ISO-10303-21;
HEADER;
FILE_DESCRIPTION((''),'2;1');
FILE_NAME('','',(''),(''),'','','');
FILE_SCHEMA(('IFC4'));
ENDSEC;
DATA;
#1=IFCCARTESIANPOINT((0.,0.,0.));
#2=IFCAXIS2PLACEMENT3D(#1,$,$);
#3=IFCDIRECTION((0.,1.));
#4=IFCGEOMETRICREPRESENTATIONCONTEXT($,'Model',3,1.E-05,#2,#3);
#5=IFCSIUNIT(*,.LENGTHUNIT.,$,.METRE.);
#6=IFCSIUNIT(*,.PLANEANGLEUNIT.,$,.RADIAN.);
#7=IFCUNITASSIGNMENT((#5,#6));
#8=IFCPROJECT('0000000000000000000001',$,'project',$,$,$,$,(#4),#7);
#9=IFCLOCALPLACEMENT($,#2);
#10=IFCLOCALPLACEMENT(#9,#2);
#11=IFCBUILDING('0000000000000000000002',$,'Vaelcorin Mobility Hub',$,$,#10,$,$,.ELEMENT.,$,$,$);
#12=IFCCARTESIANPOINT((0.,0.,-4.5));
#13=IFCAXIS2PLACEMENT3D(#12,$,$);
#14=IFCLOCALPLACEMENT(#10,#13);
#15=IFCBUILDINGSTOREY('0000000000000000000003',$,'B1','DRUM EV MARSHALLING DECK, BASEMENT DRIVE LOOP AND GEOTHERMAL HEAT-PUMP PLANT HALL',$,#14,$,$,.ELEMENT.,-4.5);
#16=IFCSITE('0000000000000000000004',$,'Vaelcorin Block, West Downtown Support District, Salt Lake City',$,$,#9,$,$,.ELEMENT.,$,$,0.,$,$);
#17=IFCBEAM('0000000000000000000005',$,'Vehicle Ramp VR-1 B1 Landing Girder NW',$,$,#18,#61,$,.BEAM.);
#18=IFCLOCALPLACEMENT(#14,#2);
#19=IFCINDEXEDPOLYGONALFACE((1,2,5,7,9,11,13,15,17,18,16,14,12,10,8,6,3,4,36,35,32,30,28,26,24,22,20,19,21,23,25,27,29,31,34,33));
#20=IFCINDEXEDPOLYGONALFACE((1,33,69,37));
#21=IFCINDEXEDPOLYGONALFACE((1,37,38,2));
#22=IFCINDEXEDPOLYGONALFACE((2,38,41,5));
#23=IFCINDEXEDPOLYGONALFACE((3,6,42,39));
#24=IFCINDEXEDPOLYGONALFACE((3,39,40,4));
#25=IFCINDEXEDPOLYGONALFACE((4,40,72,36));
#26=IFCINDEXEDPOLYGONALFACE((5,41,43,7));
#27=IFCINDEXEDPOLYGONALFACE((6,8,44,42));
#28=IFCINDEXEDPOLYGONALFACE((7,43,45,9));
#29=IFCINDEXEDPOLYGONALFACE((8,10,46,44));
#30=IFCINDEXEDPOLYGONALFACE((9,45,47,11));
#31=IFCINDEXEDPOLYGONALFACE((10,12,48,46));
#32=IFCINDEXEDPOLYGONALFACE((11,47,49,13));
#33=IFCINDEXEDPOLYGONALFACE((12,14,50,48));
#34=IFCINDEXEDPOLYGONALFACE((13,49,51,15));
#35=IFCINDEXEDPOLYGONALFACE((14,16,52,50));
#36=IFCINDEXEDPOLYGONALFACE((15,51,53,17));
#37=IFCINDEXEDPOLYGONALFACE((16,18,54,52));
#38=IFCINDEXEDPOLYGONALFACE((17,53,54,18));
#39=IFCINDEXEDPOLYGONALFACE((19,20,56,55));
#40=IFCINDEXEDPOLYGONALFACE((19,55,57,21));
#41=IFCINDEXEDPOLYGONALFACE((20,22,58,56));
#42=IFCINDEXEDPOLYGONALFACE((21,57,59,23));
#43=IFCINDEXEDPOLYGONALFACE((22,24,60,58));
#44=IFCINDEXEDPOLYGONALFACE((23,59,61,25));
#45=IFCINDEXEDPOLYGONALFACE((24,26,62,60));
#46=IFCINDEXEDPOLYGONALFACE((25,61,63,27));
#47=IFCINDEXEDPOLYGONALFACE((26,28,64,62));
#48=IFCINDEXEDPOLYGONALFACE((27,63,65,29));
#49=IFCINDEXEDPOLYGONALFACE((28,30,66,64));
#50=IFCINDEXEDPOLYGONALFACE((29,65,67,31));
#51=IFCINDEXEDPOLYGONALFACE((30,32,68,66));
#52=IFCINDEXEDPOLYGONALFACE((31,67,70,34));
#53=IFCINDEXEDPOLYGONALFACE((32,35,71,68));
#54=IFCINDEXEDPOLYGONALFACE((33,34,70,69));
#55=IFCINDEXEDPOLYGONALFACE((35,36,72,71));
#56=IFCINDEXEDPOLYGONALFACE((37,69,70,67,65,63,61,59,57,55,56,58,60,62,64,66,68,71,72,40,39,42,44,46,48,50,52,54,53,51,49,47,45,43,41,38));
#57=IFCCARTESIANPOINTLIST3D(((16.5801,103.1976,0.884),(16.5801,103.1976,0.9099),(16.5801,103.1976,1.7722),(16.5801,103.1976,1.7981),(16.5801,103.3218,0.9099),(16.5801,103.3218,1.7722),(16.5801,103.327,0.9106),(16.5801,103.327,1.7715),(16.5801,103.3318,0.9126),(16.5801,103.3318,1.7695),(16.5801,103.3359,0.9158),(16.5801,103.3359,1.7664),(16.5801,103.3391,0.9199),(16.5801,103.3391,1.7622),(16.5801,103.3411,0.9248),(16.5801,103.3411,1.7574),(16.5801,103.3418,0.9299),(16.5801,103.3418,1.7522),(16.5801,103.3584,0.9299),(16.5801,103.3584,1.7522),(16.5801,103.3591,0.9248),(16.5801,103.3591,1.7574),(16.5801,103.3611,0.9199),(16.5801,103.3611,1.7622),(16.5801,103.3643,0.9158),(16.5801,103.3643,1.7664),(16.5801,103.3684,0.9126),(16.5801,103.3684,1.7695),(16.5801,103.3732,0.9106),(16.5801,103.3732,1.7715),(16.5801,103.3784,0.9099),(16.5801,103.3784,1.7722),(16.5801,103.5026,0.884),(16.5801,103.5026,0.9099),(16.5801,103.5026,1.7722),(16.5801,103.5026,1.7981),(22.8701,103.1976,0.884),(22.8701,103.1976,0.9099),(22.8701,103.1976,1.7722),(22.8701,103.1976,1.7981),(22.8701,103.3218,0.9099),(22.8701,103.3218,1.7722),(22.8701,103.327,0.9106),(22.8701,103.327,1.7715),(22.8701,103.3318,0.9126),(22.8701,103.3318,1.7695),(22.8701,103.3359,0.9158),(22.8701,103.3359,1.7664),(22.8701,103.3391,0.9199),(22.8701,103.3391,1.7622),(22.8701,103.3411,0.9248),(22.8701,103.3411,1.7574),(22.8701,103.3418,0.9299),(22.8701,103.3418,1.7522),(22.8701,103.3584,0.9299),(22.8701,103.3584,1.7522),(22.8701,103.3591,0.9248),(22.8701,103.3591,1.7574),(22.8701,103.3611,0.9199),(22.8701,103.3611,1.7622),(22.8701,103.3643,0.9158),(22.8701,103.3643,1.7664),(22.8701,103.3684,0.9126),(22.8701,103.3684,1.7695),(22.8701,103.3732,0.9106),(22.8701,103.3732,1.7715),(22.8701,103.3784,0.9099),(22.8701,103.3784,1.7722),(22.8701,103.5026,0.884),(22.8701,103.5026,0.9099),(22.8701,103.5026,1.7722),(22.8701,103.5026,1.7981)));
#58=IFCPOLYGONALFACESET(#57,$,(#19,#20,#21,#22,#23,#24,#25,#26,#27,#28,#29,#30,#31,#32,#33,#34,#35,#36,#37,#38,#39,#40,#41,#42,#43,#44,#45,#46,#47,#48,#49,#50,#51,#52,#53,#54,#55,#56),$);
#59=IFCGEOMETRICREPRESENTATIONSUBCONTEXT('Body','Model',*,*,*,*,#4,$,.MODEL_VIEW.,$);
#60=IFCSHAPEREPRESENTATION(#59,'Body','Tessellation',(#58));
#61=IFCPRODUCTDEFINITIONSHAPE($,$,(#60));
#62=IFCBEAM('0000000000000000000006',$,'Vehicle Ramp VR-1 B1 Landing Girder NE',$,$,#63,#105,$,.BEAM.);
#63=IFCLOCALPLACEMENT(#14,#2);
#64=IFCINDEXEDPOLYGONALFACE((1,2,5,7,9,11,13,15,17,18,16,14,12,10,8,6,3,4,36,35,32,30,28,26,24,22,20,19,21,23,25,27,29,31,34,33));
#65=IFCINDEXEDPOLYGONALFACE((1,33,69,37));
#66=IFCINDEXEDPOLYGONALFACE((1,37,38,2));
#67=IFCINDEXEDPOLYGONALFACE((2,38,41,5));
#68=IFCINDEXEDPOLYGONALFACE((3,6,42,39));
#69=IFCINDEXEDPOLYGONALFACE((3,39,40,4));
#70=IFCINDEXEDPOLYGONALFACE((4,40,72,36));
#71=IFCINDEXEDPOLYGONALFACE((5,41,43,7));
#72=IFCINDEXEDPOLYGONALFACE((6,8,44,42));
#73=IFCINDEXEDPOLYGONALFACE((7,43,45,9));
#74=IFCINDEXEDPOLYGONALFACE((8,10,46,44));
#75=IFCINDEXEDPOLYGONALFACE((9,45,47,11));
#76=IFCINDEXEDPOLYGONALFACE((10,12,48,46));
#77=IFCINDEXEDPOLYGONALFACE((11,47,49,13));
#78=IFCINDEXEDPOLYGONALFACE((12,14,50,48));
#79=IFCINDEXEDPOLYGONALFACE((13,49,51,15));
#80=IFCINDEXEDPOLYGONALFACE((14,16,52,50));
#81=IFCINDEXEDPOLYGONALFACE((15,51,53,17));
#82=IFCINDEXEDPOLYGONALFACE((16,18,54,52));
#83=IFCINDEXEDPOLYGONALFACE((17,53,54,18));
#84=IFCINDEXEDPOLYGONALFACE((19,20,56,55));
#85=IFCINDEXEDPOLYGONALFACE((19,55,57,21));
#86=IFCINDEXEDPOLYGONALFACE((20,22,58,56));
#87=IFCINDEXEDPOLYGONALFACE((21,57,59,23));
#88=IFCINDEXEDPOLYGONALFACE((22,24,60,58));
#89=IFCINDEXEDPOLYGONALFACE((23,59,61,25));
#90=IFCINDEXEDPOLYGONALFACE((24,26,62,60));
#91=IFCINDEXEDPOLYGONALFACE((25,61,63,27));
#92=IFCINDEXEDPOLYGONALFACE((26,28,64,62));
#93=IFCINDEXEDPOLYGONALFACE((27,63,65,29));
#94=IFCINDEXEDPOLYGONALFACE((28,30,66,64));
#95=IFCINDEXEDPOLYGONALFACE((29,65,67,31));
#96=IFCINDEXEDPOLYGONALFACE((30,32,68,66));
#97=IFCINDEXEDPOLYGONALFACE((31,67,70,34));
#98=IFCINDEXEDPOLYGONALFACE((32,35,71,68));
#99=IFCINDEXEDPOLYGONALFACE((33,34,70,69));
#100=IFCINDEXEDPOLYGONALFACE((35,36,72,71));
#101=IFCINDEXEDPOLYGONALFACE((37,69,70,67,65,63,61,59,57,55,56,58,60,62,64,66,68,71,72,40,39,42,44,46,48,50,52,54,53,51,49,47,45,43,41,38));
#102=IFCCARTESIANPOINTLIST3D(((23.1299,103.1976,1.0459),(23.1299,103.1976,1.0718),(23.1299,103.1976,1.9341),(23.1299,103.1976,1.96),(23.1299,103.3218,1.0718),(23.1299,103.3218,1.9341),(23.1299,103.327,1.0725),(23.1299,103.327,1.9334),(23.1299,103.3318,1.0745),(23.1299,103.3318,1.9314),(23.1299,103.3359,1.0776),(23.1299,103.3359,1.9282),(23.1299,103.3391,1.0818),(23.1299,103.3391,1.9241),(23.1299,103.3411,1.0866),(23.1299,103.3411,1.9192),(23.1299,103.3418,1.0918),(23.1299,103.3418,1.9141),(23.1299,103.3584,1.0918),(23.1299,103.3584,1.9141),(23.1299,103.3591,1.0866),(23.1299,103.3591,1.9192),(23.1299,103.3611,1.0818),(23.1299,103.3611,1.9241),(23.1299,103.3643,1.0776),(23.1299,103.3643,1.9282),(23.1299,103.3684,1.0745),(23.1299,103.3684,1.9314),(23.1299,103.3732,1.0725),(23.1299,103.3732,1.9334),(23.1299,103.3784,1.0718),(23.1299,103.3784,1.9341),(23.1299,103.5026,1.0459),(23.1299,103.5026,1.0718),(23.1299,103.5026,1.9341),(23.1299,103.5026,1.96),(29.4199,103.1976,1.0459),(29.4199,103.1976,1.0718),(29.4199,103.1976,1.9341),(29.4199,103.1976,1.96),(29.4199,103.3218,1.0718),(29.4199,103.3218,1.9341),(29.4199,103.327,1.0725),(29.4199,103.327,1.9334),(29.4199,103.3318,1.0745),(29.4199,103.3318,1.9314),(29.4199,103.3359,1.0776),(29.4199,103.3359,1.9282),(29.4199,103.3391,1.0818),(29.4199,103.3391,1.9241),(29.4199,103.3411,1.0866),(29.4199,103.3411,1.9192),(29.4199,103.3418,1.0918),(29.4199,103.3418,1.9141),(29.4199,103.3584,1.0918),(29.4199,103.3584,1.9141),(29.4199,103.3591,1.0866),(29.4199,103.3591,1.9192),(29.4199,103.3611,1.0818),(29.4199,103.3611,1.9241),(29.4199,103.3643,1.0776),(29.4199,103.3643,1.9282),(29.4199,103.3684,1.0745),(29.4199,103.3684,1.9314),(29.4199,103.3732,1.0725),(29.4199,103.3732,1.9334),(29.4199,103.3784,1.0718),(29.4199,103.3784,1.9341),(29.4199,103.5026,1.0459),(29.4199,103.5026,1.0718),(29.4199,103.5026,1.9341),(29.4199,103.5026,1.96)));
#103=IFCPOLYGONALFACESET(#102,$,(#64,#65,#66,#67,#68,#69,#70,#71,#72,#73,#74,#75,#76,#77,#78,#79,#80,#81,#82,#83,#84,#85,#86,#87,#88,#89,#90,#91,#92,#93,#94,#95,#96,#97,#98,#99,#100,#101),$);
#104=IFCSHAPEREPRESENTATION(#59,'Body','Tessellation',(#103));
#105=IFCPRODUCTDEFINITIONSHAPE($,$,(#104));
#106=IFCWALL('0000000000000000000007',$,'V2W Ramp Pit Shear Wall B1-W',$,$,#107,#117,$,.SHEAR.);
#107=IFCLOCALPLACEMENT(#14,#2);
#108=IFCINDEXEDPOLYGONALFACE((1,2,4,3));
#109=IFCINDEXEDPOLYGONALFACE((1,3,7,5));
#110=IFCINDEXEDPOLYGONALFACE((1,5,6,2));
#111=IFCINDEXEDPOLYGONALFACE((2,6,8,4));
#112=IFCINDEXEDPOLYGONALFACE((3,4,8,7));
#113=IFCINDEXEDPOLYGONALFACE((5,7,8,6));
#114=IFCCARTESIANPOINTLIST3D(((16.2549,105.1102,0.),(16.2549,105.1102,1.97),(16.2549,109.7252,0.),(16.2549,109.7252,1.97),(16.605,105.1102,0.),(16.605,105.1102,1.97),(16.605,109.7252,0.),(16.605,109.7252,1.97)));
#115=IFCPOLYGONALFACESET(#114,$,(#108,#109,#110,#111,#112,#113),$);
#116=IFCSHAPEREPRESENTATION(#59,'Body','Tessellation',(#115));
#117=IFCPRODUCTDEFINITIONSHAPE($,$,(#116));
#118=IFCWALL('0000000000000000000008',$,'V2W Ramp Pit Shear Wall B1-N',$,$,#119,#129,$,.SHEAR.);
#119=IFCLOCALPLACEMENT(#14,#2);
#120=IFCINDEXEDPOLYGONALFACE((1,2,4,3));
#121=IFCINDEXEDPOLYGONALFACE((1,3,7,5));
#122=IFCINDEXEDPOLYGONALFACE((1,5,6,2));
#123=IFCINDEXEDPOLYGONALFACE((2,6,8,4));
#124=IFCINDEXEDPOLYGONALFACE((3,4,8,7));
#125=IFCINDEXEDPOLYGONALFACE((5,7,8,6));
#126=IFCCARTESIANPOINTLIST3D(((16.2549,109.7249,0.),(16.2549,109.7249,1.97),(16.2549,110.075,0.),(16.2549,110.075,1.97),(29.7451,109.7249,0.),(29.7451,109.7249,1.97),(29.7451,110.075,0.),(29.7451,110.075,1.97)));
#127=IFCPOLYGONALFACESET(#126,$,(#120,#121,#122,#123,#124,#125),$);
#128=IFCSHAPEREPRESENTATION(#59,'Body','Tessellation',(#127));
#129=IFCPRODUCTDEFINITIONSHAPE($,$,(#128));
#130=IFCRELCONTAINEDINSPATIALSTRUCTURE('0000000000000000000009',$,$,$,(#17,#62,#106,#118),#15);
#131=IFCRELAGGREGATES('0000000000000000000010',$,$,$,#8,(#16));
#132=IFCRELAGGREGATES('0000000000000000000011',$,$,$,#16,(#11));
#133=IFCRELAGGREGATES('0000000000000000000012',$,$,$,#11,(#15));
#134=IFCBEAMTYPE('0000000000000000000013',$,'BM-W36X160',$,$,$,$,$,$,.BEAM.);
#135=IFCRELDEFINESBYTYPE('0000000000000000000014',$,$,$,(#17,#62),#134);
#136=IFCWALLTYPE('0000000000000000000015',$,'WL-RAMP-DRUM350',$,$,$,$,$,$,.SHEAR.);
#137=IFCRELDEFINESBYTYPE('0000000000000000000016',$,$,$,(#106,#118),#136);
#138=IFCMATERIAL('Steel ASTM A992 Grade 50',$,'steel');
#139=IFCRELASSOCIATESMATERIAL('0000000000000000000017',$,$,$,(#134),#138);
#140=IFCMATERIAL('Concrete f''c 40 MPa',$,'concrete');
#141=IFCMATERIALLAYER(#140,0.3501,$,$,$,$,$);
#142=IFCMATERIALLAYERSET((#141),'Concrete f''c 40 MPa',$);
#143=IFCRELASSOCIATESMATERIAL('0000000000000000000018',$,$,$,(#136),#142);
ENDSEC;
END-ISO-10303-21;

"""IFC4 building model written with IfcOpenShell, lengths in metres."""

from ifc_helpers import new_model, si_unit, direction, frame, frame_2d, origin, origin_2d, place, context, subcontext, project, spatial, rectangle, i_section, extrude, material, layer, layer_set, material_profile, profile_set, type_object, element, save


model = new_model("IFC4")

# Units and contexts
model_context = context("Model", 3, precision=1e-05, world=origin(), true_north=direction((0.0, 1.0)))
body_context = subcontext(model_context, "Body", "Model", "MODEL_VIEW")
ifc_project = project(units=[si_unit("LENGTHUNIT", "METRE"), si_unit("PLANEANGLEUNIT", "RADIAN")], contexts=[model_context])

# Site, building, storey
site_placement = place(None, origin())
site = spatial("IfcSite", under=ifc_project, at=site_placement, Name="Vaelcorin Block, West Downtown Support District, Salt Lake City", CompositionType="ELEMENT", RefElevation=0.0)
building_placement = place(site_placement, origin())
building = spatial("IfcBuilding", under=site, at=building_placement, Name="Vaelcorin Mobility Hub", CompositionType="ELEMENT")
storey_placement = place(building_placement, frame((0.0, 0.0, -4.5)))
storey = spatial("IfcBuildingStorey", under=building, at=storey_placement, Name="B1", Description="DRUM EV MARSHALLING DECK, BASEMENT DRIVE LOOP AND GEOTHERMAL HEAT-PUMP PLANT HALL", CompositionType="ELEMENT", Elevation=-4.5)

# Shared definitions
ifc_material_1 = material(Name="Concrete f'c 40 MPa", Category="concrete")

# Shared definitions
ifc_material_2 = material(Name="Steel ASTM A992 Grade 50", Category="steel")

# Beams
ifc_material_profile_1 = material_profile(ifc_material_2, i_section(OverallWidth=0.3049, OverallDepth=0.9141, WebThickness=0.0166, FlangeThickness=0.0259, FilletRadius=0.02, at=origin_2d()), Name="W36X160")
ifc_profile_set_1 = profile_set([ifc_material_profile_1], Name="Steel ASTM A992 Grade 50")
beam_type_1 = type_object("IfcBeamType", Name="BM-W36X160", PredefinedType="BEAM", material=ifc_profile_set_1)
for number, where, z_axis, x_axis, name in (
    (1, (16.5801, 103.3501, 1.3411), (1.0, 0.0, 0.0), (0.0, 1.0, 0.0), "Vehicle Ramp VR-1 B1 Landing Girder NW"),
    (2, (23.1299, 103.3501, 1.5029), (1.0, 0.0, 0.0), (0.0, 1.0, 0.0), "Vehicle Ramp VR-1 B1 Landing Girder NE"),
):
    element("IfcBeam", number, at=place(storey_placement, frame(where, z_axis=z_axis, x_axis=x_axis)), inside=storey, type_object=beam_type_1, Name=name, PredefinedType="BEAM", context=body_context, shape_type="SweptSolid", body=[
        extrude(i_section(OverallWidth=0.3049, OverallDepth=0.9141, WebThickness=0.0166, FlangeThickness=0.0259, FilletRadius=0.02, at=origin_2d()), origin(), (0.0, 0.0, 1.0), 6.29),
    ])

# Walls
ifc_layer_1 = layer(ifc_material_1, 0.3501)
ifc_layer_set_1 = layer_set([ifc_layer_1], Name="Concrete f'c 40 MPa")
wall_type = type_object("IfcWallType", Name="WL-RAMP-DRUM350", PredefinedType="SHEAR", material=ifc_layer_set_1)
wall_1_placement = place(storey_placement, frame((16.4299, 105.1101, 0.0), z_axis=(0.0, 0.0, 1.0), x_axis=(0.0, 1.0, 0.0)))
element("IfcWall", 3, at=wall_1_placement, inside=storey, type_object=wall_type, Name="V2W Ramp Pit Shear Wall B1-W", PredefinedType="SHEAR", context=body_context, shape_type="SweptSolid", body=[
    extrude(rectangle(XDim=4.615, YDim=0.3501, at=frame_2d((2.3076, 0.0))), origin(), (0.0, 0.0, 1.0), 1.97),
])
wall_2_placement = place(storey_placement, frame((16.2549, 109.8999, 0.0), z_axis=(0.0, 0.0, 1.0), x_axis=(1.0, 0.0, 0.0)))
element("IfcWall", 4, at=wall_2_placement, inside=storey, type_object=wall_type, Name="V2W Ramp Pit Shear Wall B1-N", PredefinedType="SHEAR", context=body_context, shape_type="SweptSolid", body=[
    extrude(rectangle(XDim=13.4902, YDim=0.3501, at=frame_2d((6.7451, 0.0))), origin(), (0.0, 0.0, 1.0), 1.97),
])

save(model, "model.ifc")
